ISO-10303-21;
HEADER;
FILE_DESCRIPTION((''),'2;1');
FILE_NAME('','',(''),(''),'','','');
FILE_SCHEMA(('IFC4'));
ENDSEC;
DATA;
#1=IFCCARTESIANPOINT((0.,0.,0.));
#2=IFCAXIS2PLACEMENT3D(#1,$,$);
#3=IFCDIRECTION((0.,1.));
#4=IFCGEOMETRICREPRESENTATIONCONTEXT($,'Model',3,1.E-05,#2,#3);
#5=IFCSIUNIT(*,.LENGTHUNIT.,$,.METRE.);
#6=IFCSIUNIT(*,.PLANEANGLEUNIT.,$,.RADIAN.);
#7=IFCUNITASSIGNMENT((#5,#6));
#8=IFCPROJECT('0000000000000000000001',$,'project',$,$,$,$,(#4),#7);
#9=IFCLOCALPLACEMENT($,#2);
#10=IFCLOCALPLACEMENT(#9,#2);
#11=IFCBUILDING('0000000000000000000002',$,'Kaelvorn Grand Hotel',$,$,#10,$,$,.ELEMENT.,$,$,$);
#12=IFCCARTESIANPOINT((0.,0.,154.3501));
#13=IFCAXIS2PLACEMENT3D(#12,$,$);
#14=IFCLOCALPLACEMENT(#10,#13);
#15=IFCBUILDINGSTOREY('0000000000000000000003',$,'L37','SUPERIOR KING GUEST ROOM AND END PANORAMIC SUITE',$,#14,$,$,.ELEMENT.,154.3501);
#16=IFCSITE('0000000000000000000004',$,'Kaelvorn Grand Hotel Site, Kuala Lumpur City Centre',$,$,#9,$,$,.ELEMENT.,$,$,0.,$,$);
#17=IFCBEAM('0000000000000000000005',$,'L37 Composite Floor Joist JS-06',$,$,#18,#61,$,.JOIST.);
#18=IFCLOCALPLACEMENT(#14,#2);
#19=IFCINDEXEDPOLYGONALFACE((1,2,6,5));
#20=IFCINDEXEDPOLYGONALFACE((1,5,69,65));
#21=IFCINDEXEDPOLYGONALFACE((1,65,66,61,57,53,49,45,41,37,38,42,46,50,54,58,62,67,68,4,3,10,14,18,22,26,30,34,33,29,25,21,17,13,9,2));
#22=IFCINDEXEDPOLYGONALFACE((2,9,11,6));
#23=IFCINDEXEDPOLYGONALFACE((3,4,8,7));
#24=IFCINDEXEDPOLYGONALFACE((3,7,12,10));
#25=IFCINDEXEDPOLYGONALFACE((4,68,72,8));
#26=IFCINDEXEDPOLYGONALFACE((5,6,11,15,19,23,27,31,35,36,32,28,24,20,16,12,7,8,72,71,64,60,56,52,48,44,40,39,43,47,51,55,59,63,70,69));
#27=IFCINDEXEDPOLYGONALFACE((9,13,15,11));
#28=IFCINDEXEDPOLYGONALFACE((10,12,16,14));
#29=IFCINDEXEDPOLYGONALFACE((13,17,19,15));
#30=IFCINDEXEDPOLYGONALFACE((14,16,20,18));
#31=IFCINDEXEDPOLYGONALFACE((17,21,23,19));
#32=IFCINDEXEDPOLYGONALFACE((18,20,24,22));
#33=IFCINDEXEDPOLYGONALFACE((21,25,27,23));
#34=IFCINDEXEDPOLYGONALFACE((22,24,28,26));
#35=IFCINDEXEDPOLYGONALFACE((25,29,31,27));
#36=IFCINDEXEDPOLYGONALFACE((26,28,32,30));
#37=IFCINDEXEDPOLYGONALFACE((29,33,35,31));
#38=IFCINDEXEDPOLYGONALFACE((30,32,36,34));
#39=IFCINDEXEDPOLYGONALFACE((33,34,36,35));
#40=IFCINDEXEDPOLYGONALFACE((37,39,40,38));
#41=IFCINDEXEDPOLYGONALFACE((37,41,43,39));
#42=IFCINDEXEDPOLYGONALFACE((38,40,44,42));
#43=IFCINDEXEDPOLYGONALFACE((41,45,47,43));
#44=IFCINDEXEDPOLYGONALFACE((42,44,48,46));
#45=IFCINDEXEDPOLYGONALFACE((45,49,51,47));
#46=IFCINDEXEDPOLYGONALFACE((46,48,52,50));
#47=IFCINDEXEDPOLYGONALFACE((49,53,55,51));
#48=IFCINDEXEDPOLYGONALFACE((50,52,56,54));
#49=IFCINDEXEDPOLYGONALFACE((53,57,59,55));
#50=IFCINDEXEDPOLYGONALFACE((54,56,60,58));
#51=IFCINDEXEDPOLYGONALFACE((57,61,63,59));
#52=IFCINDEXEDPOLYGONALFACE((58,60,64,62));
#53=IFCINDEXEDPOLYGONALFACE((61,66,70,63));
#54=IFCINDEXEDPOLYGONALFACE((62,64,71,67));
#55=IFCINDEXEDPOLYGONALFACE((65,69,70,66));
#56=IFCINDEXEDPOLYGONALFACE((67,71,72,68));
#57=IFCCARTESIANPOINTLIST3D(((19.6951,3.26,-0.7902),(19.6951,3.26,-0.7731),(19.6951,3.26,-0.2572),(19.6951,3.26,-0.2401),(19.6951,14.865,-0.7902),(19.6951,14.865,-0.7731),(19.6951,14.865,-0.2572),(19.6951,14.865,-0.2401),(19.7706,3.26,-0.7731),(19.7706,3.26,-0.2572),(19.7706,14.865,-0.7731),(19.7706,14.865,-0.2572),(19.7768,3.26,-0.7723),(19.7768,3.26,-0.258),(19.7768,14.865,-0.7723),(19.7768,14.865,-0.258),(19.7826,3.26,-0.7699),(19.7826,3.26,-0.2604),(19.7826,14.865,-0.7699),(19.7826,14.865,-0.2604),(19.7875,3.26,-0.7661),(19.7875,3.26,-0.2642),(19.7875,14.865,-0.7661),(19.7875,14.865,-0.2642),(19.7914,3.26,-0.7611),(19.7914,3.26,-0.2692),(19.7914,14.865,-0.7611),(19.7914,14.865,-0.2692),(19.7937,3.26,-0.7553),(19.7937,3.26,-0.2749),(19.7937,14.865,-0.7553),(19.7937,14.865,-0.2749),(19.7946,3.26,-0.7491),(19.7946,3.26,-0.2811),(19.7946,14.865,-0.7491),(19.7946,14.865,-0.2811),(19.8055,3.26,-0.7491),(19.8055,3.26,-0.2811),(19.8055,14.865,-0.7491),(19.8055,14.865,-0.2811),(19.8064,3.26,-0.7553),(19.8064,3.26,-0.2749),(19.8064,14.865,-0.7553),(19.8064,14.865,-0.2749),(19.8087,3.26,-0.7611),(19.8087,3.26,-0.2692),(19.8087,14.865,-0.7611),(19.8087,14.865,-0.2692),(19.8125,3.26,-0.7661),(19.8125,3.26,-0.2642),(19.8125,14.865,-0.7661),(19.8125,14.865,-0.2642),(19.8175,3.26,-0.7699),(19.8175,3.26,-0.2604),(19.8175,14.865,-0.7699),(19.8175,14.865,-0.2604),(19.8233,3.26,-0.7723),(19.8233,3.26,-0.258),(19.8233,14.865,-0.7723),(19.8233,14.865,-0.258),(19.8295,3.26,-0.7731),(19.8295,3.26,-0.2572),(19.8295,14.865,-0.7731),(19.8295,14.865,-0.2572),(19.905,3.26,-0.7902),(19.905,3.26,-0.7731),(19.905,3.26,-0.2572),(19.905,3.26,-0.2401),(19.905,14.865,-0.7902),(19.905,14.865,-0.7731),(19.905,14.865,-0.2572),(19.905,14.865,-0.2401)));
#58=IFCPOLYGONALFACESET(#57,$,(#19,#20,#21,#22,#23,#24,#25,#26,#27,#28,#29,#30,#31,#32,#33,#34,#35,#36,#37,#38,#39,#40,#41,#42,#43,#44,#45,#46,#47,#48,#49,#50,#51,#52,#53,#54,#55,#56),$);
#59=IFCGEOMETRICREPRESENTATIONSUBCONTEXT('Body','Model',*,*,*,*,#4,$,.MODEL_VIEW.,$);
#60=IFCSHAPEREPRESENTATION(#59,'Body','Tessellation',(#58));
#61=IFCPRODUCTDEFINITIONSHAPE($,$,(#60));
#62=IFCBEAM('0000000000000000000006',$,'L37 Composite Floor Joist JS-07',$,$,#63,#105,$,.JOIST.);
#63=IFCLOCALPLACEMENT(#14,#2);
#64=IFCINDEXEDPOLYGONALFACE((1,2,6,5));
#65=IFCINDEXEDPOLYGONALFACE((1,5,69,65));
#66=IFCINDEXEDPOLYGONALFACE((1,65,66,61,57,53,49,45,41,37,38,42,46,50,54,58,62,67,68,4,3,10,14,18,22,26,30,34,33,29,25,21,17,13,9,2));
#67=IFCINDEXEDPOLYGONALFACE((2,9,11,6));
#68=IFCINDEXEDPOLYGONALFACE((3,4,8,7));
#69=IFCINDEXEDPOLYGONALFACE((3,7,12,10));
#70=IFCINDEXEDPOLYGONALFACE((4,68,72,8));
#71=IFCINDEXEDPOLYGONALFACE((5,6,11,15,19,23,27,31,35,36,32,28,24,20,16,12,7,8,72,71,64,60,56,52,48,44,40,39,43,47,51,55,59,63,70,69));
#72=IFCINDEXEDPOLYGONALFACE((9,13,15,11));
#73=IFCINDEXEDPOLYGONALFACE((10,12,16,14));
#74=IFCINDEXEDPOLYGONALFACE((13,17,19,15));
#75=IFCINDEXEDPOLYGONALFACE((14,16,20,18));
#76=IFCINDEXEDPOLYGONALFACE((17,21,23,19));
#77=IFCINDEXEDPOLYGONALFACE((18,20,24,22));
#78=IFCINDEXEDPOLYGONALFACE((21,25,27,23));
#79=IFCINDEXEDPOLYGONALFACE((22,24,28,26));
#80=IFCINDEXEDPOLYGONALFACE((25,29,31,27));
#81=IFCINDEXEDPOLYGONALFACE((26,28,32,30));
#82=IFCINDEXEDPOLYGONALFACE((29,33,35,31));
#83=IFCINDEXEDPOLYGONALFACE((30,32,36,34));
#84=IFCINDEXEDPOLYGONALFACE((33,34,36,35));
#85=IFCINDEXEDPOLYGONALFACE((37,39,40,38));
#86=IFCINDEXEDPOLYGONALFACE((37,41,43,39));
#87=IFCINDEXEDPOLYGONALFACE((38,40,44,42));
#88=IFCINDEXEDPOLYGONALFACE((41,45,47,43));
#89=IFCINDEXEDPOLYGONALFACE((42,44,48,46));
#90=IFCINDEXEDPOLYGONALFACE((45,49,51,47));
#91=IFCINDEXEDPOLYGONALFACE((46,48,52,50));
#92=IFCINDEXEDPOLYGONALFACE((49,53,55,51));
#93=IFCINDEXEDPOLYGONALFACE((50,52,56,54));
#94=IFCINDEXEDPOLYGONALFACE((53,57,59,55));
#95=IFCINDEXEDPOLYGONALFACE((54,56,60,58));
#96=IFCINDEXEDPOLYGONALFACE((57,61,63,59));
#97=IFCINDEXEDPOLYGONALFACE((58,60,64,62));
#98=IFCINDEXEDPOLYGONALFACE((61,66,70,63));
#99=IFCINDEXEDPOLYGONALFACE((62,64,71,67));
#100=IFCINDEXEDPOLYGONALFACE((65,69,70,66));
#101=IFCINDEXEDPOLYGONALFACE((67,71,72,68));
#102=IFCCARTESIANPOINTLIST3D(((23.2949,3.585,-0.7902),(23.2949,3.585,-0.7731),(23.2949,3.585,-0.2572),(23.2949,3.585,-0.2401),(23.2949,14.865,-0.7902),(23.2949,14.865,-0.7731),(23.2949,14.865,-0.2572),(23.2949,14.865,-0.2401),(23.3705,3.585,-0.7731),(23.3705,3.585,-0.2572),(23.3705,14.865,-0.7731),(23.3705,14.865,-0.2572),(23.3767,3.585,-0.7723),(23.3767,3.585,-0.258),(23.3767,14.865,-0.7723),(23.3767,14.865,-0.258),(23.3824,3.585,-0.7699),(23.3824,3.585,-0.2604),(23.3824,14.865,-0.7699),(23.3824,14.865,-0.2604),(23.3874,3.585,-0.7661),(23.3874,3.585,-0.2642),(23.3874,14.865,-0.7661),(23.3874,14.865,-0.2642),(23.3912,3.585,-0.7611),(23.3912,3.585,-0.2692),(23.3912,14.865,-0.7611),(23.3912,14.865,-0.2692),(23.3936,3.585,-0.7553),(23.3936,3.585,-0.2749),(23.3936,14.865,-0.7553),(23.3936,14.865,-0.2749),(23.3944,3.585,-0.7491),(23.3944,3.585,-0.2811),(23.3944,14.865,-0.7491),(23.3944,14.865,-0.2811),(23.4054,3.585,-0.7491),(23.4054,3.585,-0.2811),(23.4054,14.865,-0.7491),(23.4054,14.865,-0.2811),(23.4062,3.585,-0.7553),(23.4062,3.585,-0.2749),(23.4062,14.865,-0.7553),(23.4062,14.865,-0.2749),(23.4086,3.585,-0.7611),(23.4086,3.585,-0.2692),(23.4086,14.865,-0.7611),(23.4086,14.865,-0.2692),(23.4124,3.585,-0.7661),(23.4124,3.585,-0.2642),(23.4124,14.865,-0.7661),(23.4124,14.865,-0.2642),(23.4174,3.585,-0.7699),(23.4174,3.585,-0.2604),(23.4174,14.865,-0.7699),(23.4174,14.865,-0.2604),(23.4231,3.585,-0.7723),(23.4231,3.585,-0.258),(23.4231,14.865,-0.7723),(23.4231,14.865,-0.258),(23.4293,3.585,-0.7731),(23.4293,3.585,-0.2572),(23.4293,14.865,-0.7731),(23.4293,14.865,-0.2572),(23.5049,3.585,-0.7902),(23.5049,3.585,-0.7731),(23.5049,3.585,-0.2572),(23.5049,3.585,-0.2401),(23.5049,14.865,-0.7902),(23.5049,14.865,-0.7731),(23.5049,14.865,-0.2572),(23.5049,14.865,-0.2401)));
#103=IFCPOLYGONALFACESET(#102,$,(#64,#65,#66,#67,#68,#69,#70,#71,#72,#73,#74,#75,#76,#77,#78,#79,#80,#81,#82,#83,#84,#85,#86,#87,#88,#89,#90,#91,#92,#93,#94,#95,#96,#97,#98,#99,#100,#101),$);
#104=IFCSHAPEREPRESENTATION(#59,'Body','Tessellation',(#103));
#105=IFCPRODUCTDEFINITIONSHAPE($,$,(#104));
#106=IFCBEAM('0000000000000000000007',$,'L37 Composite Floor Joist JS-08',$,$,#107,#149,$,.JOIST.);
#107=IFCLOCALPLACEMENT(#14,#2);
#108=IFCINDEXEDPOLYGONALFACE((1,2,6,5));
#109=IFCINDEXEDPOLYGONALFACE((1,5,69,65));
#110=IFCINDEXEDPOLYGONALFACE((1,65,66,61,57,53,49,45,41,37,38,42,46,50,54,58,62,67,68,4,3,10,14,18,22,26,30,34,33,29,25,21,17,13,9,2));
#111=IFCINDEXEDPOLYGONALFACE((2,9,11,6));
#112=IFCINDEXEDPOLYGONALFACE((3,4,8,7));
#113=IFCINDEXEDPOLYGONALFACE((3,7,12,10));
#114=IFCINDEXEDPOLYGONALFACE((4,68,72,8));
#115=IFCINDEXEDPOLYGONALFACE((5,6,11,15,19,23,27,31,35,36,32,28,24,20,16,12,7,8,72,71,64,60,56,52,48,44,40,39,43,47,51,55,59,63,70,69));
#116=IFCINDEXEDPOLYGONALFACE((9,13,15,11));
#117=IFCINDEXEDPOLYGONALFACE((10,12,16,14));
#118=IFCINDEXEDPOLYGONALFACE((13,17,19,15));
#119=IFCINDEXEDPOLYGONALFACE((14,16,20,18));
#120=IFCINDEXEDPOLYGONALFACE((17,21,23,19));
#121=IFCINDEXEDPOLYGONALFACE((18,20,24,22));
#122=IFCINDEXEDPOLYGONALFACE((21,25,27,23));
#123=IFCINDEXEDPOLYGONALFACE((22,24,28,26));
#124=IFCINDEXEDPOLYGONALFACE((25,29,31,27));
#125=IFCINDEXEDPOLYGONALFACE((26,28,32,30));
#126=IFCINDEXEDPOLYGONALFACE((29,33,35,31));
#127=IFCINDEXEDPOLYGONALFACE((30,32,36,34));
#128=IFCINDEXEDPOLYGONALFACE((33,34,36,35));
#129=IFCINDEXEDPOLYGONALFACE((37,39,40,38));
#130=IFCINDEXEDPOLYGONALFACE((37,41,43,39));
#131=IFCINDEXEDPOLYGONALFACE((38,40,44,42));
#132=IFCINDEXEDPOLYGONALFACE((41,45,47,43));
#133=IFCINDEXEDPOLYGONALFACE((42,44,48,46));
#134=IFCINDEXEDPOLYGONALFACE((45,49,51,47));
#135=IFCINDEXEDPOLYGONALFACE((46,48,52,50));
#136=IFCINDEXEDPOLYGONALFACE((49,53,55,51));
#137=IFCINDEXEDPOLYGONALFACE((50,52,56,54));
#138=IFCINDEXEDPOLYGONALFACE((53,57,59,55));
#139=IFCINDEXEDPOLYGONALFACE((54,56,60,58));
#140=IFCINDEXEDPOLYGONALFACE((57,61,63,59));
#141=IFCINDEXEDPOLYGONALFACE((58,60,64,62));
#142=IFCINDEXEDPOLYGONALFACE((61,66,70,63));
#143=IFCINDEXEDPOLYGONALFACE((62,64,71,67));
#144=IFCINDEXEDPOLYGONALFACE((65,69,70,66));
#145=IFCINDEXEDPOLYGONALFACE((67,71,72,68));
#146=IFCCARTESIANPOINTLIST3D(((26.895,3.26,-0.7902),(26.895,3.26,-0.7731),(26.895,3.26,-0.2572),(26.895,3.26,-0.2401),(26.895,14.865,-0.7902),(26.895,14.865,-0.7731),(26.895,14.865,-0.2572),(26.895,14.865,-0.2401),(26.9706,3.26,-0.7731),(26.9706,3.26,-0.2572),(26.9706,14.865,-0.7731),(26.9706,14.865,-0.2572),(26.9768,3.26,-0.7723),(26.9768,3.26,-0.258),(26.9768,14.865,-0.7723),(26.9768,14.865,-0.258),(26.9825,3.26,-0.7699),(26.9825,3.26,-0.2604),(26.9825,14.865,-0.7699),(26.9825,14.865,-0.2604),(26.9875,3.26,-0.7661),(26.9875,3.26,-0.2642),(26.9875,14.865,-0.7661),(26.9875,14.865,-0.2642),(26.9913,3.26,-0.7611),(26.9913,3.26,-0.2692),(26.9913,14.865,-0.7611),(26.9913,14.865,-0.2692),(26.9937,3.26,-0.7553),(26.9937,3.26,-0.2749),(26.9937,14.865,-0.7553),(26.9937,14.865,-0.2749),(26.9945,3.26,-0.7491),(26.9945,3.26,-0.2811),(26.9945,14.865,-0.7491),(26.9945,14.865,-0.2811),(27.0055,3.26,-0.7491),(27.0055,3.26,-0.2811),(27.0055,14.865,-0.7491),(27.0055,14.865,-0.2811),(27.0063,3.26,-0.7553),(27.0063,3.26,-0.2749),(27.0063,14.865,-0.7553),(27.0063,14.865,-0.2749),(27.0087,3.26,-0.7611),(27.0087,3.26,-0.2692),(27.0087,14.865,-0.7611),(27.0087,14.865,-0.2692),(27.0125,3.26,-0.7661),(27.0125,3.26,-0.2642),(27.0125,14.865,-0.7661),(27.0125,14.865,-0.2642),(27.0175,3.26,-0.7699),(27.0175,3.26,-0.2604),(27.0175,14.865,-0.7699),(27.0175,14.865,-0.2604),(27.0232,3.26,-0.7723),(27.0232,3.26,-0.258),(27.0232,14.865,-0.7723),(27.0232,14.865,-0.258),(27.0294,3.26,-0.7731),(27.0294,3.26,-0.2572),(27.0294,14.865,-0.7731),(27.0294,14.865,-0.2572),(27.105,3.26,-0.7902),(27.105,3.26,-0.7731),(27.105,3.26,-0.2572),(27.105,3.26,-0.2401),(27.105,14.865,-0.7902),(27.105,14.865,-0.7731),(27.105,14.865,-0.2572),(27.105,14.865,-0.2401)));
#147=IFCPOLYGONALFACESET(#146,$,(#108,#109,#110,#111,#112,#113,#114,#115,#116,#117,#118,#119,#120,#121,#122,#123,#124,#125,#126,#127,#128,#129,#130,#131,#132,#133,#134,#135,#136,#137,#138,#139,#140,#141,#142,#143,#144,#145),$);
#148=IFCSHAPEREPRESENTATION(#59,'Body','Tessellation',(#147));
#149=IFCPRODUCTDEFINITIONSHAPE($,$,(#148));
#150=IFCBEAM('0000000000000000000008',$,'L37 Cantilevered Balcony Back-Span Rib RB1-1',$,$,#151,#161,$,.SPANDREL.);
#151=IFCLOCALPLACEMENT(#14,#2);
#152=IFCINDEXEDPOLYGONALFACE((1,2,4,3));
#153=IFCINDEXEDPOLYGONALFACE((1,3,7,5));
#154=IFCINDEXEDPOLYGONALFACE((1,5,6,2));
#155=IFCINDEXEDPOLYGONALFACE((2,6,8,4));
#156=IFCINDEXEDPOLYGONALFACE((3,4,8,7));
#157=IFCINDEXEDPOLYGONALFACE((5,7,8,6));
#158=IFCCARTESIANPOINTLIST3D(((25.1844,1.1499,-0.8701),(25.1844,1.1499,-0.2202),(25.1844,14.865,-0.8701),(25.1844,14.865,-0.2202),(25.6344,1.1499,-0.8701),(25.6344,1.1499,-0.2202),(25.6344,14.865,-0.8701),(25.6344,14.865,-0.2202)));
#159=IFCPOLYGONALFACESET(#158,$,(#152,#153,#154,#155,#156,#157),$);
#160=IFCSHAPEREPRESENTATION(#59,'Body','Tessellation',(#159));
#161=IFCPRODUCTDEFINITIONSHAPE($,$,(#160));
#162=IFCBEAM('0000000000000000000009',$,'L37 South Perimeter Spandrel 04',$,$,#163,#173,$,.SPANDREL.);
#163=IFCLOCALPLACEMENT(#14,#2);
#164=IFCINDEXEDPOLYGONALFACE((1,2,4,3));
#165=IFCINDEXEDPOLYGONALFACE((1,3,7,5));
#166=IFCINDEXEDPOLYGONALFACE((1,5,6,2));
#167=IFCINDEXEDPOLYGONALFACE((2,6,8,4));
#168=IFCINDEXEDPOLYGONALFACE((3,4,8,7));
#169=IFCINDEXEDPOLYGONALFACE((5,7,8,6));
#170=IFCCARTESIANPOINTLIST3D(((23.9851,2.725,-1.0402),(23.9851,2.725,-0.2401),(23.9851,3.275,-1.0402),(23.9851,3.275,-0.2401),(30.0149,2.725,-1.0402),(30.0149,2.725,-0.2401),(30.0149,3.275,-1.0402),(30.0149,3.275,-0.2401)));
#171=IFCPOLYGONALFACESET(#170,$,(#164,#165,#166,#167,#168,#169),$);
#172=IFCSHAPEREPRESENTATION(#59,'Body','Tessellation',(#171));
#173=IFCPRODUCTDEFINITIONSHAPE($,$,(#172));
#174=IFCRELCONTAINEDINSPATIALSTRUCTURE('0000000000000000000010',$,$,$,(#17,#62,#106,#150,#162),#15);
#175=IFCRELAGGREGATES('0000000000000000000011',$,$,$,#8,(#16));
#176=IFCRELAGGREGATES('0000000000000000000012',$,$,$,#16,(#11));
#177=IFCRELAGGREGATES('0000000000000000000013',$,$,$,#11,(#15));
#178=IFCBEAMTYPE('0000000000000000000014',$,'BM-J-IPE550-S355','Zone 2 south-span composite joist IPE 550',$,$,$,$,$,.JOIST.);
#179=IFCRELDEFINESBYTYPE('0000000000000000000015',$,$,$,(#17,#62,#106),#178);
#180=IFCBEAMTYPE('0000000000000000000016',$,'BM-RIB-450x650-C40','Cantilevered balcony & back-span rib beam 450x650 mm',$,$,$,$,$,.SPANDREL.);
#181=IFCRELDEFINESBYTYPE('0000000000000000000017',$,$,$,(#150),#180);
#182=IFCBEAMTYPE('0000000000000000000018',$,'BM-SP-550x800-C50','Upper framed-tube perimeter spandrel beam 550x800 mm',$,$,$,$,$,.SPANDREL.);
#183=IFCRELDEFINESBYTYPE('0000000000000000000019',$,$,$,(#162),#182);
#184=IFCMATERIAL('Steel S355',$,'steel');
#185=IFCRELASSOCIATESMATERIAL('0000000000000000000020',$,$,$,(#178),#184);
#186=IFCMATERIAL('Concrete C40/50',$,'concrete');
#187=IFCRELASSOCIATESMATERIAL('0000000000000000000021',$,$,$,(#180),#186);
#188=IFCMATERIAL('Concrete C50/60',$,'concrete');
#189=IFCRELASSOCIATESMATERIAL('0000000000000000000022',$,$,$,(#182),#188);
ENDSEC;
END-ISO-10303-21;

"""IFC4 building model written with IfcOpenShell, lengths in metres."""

from ifc_helpers import new_model, si_unit, direction, frame, origin, origin_2d, place, context, subcontext, project, spatial, rectangle, i_section, extrude, material, material_profile, profile_set, type_object, element, save


model = new_model("IFC4")

# Units and contexts
model_context = context("Model", 3, precision=1e-05, world=origin(), true_north=direction((0.0, 1.0)))
body_context = subcontext(model_context, "Body", "Model", "MODEL_VIEW")
ifc_project = project(units=[si_unit("LENGTHUNIT", "METRE"), si_unit("PLANEANGLEUNIT", "RADIAN")], contexts=[model_context])

# Site, building, storey
site_placement = place(None, origin())
site = spatial("IfcSite", under=ifc_project, at=site_placement, Name="Kaelvorn Grand Hotel Site, Kuala Lumpur City Centre", CompositionType="ELEMENT", RefElevation=0.0)
building_placement = place(site_placement, origin())
building = spatial("IfcBuilding", under=site, at=building_placement, Name="Kaelvorn Grand Hotel", CompositionType="ELEMENT")
storey_placement = place(building_placement, frame((0.0, 0.0, 154.3501)))
storey = spatial("IfcBuildingStorey", under=building, at=storey_placement, Name="L37", Description="SUPERIOR KING GUEST ROOM AND END PANORAMIC SUITE", CompositionType="ELEMENT", Elevation=154.3501)

# Beams
ifc_material_1 = material(Name="Steel S355", Category="steel")
ifc_material_profile_1 = material_profile(ifc_material_1, i_section(OverallWidth=0.21, OverallDepth=0.55, WebThickness=0.011, FlangeThickness=0.0171, FilletRadius=0.0239, at=origin_2d()), Name="IPE 550")
ifc_profile_set_1 = profile_set([ifc_material_profile_1], Name="Steel S355")
beam_type_1 = type_object("IfcBeamType", Name="BM-J-IPE550-S355", Description="Zone 2 south-span composite joist IPE 550", PredefinedType="JOIST", material=ifc_profile_set_1)
beam_1_placement = place(storey_placement, frame((19.8, 3.26, -0.5151), z_axis=(0.0, 1.0, 0.0), x_axis=(-1.0, 0.0, 0.0)))
element("IfcBeam", 1, at=beam_1_placement, inside=storey, type_object=beam_type_1, Name="L37 Composite Floor Joist JS-06", PredefinedType="JOIST", context=body_context, shape_type="SweptSolid", body=[
    extrude(i_section(OverallWidth=0.21, OverallDepth=0.55, WebThickness=0.011, FlangeThickness=0.0171, FilletRadius=0.0239, at=origin_2d()), origin(), (0.0, 0.0, 1.0), 11.605),
])
beam_2_placement = place(storey_placement, frame((23.3999, 3.585, -0.5151), z_axis=(0.0, 1.0, 0.0), x_axis=(-1.0, 0.0, 0.0)))
element("IfcBeam", 2, at=beam_2_placement, inside=storey, type_object=beam_type_1, Name="L37 Composite Floor Joist JS-07", PredefinedType="JOIST", context=body_context, shape_type="SweptSolid", body=[
    extrude(i_section(OverallWidth=0.21, OverallDepth=0.55, WebThickness=0.011, FlangeThickness=0.0171, FilletRadius=0.0239, at=origin_2d()), origin(), (0.0, 0.0, 1.0), 11.28),
])
beam_3_placement = place(storey_placement, frame((27.0, 3.26, -0.5151), z_axis=(0.0, 1.0, 0.0), x_axis=(-1.0, 0.0, 0.0)))
element("IfcBeam", 3, at=beam_3_placement, inside=storey, type_object=beam_type_1, Name="L37 Composite Floor Joist JS-08", PredefinedType="JOIST", context=body_context, shape_type="SweptSolid", body=[
    extrude(i_section(OverallWidth=0.21, OverallDepth=0.55, WebThickness=0.011, FlangeThickness=0.0171, FilletRadius=0.0239, at=origin_2d()), origin(), (0.0, 0.0, 1.0), 11.605),
])
ifc_material_2 = material(Name="Concrete C40/50", Category="concrete")
ifc_material_profile_2 = material_profile(ifc_material_2, rectangle(XDim=0.45, YDim=0.6499, at=origin_2d()), Name="RC RIB 450x650")
ifc_profile_set_2 = profile_set([ifc_material_profile_2], Name="Concrete C40/50")
beam_type_2 = type_object("IfcBeamType", Name="BM-RIB-450x650-C40", Description="Cantilevered balcony & back-span rib beam 450x650 mm", PredefinedType="SPANDREL", material=ifc_profile_set_2)
beam_4_placement = place(storey_placement, frame((25.4094, 1.1499, -0.5452), z_axis=(0.0, 1.0, 0.0), x_axis=(-1.0, 0.0, 0.0)))
element("IfcBeam", 4, at=beam_4_placement, inside=storey, type_object=beam_type_2, Name="L37 Cantilevered Balcony Back-Span Rib RB1-1", PredefinedType="SPANDREL", context=body_context, shape_type="SweptSolid", body=[
    extrude(rectangle(XDim=0.45, YDim=0.6499, at=origin_2d()), origin(), (0.0, 0.0, 1.0), 13.7151),
])
ifc_material_3 = material(Name="Concrete C50/60", Category="concrete")
ifc_material_profile_3 = material_profile(ifc_material_3, rectangle(XDim=0.55, YDim=0.8, at=origin_2d()), Name="RC SPANDREL 550x800")
ifc_profile_set_3 = profile_set([ifc_material_profile_3], Name="Concrete C50/60")
beam_type_3 = type_object("IfcBeamType", Name="BM-SP-550x800-C50", Description="Upper framed-tube perimeter spandrel beam 550x800 mm", PredefinedType="SPANDREL", material=ifc_profile_set_3)
beam_5_placement = place(storey_placement, frame((23.9851, 3.0, -0.6401), z_axis=(1.0, 0.0, 0.0), x_axis=(0.0, 1.0, 0.0)))
element("IfcBeam", 5, at=beam_5_placement, inside=storey, type_object=beam_type_3, Name="L37 South Perimeter Spandrel 04", PredefinedType="SPANDREL", context=body_context, shape_type="SweptSolid", body=[
    extrude(rectangle(XDim=0.55, YDim=0.8, at=origin_2d()), origin(), (0.0, 0.0, 1.0), 6.0298),
])

save(model, "model.ifc")
